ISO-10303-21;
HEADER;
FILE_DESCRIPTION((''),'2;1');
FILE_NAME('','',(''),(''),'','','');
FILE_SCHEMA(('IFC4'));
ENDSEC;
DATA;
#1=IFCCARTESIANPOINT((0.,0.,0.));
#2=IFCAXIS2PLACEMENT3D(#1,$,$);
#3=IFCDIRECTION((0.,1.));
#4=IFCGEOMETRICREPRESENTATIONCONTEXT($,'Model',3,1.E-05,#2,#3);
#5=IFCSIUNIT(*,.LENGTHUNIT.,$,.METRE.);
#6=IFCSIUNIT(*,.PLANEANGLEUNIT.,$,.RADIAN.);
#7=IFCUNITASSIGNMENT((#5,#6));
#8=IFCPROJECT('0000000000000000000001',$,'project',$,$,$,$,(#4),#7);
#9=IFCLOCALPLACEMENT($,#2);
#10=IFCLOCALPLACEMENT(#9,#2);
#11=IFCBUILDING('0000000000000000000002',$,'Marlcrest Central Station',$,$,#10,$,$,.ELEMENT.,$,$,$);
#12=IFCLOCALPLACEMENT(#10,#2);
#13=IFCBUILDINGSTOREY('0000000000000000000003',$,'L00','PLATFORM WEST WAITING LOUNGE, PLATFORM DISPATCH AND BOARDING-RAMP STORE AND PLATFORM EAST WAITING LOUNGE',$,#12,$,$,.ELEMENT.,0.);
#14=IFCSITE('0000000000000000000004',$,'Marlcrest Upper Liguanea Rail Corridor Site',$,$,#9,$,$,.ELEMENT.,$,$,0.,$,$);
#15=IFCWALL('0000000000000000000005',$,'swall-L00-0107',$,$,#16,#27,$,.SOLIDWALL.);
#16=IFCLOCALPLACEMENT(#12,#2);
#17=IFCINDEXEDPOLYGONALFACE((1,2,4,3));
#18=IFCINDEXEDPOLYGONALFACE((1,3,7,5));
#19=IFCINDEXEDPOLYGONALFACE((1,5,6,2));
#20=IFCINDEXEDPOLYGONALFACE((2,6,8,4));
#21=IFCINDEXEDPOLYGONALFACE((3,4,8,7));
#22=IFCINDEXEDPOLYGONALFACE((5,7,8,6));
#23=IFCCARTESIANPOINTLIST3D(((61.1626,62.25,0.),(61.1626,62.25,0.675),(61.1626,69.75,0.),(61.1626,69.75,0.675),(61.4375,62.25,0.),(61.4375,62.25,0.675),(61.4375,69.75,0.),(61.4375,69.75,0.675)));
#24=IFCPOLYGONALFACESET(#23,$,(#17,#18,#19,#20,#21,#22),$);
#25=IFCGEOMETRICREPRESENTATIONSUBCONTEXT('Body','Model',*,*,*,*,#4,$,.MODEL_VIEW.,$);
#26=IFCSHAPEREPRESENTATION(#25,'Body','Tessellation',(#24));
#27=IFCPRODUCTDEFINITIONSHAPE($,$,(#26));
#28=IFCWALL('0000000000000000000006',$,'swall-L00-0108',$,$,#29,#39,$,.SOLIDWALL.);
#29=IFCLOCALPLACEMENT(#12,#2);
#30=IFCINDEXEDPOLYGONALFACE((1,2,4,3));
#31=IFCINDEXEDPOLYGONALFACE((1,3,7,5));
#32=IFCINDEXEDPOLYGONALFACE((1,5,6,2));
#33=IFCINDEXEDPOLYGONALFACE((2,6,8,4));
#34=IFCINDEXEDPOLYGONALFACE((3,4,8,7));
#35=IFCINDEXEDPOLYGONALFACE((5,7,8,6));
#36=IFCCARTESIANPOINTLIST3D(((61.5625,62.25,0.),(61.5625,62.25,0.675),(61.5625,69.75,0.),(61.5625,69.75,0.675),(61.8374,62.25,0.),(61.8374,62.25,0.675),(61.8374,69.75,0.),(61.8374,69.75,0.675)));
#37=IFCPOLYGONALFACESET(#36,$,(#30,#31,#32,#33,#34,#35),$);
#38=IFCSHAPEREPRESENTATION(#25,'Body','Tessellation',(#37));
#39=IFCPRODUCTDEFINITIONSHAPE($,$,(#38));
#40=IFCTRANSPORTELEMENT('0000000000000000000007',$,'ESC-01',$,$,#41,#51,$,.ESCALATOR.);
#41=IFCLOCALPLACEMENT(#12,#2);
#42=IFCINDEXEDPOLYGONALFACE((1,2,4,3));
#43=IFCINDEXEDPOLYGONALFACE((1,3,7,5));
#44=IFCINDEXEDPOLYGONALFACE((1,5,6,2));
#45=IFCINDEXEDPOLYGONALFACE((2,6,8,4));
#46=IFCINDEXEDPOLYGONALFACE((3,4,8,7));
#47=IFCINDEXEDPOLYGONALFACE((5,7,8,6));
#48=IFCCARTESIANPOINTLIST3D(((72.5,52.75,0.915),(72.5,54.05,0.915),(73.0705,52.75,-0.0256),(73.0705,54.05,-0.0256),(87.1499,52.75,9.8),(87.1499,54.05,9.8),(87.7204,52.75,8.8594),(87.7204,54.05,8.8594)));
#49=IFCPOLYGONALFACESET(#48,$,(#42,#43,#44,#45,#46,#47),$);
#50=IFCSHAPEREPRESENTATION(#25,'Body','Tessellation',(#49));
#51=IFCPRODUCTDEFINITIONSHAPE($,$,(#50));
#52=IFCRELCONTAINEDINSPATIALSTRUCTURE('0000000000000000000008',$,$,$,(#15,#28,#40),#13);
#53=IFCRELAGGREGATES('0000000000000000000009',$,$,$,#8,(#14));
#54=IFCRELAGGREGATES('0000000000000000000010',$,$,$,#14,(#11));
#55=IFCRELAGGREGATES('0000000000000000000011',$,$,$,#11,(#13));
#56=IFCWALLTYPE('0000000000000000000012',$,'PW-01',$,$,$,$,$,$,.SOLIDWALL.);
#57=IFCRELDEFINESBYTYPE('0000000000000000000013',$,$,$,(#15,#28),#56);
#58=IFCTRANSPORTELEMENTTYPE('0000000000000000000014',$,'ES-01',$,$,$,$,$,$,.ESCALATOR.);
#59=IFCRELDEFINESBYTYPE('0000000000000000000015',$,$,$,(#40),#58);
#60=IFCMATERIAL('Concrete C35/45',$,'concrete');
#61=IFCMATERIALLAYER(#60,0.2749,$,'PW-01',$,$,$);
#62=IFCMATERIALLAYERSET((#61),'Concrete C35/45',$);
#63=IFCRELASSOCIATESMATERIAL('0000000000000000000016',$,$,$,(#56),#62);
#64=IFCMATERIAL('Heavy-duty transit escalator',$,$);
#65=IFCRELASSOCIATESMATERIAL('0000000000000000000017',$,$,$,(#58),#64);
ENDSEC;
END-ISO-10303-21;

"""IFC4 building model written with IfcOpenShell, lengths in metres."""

from ifc_helpers import new_model, si_unit, direction, frame, frame_2d, origin, place, context, subcontext, project, spatial, polyline, rectangle, outline, extrude, material, layer, layer_set, type_object, element, save


model = new_model("IFC4")

# Units and contexts
model_context = context("Model", 3, precision=1e-05, world=origin(), true_north=direction((0.0, 1.0)))
body_context = subcontext(model_context, "Body", "Model", "MODEL_VIEW")
ifc_project = project(units=[si_unit("LENGTHUNIT", "METRE"), si_unit("PLANEANGLEUNIT", "RADIAN")], contexts=[model_context])

# Site, building, storey
site_placement = place(None, origin())
site = spatial("IfcSite", under=ifc_project, at=site_placement, Name="Marlcrest Upper Liguanea Rail Corridor Site", CompositionType="ELEMENT", RefElevation=0.0)
building_placement = place(site_placement, origin())
building = spatial("IfcBuilding", under=site, at=building_placement, Name="Marlcrest Central Station", CompositionType="ELEMENT")
storey_placement = place(building_placement, origin())
storey = spatial("IfcBuildingStorey", under=building, at=storey_placement, Name="L00", Description="PLATFORM WEST WAITING LOUNGE, PLATFORM DISPATCH AND BOARDING-RAMP STORE AND PLATFORM EAST WAITING LOUNGE", CompositionType="ELEMENT", Elevation=0.0)

# Shared definitions
ifc_material_1 = material(Name="Concrete C35/45", Category="concrete")

# Walls
ifc_layer_1 = layer(ifc_material_1, 0.2749, Name="PW-01")
ifc_layer_set_1 = layer_set([ifc_layer_1], Name="Concrete C35/45")
wall_type_1 = type_object("IfcWallType", Name="PW-01", PredefinedType="SOLIDWALL", material=ifc_layer_set_1)
for number, where, z_axis, x_axis, name in (
    (1, (61.3, 62.25, 0.0), (0.0, 0.0, 1.0), (0.0, 1.0, 0.0), "swall-L00-0107"),
    (2, (61.7, 62.25, 0.0), (0.0, 0.0, 1.0), (0.0, 1.0, 0.0), "swall-L00-0108"),
):
    element("IfcWall", number, at=place(storey_placement, frame(where, z_axis=z_axis, x_axis=x_axis)), inside=storey, type_object=wall_type_1, Name=name, PredefinedType="SOLIDWALL", context=body_context, shape_type="SweptSolid", body=[
        extrude(rectangle(XDim=7.5, YDim=0.2749, at=frame_2d((3.75, 0.0))), origin(), (0.0, 0.0, 1.0), 0.675),
    ])

# Transport element
ifc_material_2 = material(Name="Heavy-duty transit escalator")
transport_element_type = type_object("IfcTransportElementType", Name="ES-01", PredefinedType="ESCALATOR", material=ifc_material_2)
transport_element_placement = place(storey_placement, frame((72.5, 52.75, 0.915), z_axis=(-0.51857, 0.0, 0.855035), x_axis=(0.855035, 0.0, 0.51857)))
element("IfcTransportElement", 3, at=transport_element_placement, inside=storey, type_object=transport_element_type, Name="ESC-01", PredefinedType="ESCALATOR", context=body_context, shape_type="SweptSolid", body=[
    extrude(outline(polyline([(0.0, 0.0), (17.1337, 0.0), (17.1337, 1.3), (0.0, 1.3), (0.0, 0.0)])), origin(), (0.0, 0.0, -1.0), 1.1001),
])

save(model, "model.ifc")
